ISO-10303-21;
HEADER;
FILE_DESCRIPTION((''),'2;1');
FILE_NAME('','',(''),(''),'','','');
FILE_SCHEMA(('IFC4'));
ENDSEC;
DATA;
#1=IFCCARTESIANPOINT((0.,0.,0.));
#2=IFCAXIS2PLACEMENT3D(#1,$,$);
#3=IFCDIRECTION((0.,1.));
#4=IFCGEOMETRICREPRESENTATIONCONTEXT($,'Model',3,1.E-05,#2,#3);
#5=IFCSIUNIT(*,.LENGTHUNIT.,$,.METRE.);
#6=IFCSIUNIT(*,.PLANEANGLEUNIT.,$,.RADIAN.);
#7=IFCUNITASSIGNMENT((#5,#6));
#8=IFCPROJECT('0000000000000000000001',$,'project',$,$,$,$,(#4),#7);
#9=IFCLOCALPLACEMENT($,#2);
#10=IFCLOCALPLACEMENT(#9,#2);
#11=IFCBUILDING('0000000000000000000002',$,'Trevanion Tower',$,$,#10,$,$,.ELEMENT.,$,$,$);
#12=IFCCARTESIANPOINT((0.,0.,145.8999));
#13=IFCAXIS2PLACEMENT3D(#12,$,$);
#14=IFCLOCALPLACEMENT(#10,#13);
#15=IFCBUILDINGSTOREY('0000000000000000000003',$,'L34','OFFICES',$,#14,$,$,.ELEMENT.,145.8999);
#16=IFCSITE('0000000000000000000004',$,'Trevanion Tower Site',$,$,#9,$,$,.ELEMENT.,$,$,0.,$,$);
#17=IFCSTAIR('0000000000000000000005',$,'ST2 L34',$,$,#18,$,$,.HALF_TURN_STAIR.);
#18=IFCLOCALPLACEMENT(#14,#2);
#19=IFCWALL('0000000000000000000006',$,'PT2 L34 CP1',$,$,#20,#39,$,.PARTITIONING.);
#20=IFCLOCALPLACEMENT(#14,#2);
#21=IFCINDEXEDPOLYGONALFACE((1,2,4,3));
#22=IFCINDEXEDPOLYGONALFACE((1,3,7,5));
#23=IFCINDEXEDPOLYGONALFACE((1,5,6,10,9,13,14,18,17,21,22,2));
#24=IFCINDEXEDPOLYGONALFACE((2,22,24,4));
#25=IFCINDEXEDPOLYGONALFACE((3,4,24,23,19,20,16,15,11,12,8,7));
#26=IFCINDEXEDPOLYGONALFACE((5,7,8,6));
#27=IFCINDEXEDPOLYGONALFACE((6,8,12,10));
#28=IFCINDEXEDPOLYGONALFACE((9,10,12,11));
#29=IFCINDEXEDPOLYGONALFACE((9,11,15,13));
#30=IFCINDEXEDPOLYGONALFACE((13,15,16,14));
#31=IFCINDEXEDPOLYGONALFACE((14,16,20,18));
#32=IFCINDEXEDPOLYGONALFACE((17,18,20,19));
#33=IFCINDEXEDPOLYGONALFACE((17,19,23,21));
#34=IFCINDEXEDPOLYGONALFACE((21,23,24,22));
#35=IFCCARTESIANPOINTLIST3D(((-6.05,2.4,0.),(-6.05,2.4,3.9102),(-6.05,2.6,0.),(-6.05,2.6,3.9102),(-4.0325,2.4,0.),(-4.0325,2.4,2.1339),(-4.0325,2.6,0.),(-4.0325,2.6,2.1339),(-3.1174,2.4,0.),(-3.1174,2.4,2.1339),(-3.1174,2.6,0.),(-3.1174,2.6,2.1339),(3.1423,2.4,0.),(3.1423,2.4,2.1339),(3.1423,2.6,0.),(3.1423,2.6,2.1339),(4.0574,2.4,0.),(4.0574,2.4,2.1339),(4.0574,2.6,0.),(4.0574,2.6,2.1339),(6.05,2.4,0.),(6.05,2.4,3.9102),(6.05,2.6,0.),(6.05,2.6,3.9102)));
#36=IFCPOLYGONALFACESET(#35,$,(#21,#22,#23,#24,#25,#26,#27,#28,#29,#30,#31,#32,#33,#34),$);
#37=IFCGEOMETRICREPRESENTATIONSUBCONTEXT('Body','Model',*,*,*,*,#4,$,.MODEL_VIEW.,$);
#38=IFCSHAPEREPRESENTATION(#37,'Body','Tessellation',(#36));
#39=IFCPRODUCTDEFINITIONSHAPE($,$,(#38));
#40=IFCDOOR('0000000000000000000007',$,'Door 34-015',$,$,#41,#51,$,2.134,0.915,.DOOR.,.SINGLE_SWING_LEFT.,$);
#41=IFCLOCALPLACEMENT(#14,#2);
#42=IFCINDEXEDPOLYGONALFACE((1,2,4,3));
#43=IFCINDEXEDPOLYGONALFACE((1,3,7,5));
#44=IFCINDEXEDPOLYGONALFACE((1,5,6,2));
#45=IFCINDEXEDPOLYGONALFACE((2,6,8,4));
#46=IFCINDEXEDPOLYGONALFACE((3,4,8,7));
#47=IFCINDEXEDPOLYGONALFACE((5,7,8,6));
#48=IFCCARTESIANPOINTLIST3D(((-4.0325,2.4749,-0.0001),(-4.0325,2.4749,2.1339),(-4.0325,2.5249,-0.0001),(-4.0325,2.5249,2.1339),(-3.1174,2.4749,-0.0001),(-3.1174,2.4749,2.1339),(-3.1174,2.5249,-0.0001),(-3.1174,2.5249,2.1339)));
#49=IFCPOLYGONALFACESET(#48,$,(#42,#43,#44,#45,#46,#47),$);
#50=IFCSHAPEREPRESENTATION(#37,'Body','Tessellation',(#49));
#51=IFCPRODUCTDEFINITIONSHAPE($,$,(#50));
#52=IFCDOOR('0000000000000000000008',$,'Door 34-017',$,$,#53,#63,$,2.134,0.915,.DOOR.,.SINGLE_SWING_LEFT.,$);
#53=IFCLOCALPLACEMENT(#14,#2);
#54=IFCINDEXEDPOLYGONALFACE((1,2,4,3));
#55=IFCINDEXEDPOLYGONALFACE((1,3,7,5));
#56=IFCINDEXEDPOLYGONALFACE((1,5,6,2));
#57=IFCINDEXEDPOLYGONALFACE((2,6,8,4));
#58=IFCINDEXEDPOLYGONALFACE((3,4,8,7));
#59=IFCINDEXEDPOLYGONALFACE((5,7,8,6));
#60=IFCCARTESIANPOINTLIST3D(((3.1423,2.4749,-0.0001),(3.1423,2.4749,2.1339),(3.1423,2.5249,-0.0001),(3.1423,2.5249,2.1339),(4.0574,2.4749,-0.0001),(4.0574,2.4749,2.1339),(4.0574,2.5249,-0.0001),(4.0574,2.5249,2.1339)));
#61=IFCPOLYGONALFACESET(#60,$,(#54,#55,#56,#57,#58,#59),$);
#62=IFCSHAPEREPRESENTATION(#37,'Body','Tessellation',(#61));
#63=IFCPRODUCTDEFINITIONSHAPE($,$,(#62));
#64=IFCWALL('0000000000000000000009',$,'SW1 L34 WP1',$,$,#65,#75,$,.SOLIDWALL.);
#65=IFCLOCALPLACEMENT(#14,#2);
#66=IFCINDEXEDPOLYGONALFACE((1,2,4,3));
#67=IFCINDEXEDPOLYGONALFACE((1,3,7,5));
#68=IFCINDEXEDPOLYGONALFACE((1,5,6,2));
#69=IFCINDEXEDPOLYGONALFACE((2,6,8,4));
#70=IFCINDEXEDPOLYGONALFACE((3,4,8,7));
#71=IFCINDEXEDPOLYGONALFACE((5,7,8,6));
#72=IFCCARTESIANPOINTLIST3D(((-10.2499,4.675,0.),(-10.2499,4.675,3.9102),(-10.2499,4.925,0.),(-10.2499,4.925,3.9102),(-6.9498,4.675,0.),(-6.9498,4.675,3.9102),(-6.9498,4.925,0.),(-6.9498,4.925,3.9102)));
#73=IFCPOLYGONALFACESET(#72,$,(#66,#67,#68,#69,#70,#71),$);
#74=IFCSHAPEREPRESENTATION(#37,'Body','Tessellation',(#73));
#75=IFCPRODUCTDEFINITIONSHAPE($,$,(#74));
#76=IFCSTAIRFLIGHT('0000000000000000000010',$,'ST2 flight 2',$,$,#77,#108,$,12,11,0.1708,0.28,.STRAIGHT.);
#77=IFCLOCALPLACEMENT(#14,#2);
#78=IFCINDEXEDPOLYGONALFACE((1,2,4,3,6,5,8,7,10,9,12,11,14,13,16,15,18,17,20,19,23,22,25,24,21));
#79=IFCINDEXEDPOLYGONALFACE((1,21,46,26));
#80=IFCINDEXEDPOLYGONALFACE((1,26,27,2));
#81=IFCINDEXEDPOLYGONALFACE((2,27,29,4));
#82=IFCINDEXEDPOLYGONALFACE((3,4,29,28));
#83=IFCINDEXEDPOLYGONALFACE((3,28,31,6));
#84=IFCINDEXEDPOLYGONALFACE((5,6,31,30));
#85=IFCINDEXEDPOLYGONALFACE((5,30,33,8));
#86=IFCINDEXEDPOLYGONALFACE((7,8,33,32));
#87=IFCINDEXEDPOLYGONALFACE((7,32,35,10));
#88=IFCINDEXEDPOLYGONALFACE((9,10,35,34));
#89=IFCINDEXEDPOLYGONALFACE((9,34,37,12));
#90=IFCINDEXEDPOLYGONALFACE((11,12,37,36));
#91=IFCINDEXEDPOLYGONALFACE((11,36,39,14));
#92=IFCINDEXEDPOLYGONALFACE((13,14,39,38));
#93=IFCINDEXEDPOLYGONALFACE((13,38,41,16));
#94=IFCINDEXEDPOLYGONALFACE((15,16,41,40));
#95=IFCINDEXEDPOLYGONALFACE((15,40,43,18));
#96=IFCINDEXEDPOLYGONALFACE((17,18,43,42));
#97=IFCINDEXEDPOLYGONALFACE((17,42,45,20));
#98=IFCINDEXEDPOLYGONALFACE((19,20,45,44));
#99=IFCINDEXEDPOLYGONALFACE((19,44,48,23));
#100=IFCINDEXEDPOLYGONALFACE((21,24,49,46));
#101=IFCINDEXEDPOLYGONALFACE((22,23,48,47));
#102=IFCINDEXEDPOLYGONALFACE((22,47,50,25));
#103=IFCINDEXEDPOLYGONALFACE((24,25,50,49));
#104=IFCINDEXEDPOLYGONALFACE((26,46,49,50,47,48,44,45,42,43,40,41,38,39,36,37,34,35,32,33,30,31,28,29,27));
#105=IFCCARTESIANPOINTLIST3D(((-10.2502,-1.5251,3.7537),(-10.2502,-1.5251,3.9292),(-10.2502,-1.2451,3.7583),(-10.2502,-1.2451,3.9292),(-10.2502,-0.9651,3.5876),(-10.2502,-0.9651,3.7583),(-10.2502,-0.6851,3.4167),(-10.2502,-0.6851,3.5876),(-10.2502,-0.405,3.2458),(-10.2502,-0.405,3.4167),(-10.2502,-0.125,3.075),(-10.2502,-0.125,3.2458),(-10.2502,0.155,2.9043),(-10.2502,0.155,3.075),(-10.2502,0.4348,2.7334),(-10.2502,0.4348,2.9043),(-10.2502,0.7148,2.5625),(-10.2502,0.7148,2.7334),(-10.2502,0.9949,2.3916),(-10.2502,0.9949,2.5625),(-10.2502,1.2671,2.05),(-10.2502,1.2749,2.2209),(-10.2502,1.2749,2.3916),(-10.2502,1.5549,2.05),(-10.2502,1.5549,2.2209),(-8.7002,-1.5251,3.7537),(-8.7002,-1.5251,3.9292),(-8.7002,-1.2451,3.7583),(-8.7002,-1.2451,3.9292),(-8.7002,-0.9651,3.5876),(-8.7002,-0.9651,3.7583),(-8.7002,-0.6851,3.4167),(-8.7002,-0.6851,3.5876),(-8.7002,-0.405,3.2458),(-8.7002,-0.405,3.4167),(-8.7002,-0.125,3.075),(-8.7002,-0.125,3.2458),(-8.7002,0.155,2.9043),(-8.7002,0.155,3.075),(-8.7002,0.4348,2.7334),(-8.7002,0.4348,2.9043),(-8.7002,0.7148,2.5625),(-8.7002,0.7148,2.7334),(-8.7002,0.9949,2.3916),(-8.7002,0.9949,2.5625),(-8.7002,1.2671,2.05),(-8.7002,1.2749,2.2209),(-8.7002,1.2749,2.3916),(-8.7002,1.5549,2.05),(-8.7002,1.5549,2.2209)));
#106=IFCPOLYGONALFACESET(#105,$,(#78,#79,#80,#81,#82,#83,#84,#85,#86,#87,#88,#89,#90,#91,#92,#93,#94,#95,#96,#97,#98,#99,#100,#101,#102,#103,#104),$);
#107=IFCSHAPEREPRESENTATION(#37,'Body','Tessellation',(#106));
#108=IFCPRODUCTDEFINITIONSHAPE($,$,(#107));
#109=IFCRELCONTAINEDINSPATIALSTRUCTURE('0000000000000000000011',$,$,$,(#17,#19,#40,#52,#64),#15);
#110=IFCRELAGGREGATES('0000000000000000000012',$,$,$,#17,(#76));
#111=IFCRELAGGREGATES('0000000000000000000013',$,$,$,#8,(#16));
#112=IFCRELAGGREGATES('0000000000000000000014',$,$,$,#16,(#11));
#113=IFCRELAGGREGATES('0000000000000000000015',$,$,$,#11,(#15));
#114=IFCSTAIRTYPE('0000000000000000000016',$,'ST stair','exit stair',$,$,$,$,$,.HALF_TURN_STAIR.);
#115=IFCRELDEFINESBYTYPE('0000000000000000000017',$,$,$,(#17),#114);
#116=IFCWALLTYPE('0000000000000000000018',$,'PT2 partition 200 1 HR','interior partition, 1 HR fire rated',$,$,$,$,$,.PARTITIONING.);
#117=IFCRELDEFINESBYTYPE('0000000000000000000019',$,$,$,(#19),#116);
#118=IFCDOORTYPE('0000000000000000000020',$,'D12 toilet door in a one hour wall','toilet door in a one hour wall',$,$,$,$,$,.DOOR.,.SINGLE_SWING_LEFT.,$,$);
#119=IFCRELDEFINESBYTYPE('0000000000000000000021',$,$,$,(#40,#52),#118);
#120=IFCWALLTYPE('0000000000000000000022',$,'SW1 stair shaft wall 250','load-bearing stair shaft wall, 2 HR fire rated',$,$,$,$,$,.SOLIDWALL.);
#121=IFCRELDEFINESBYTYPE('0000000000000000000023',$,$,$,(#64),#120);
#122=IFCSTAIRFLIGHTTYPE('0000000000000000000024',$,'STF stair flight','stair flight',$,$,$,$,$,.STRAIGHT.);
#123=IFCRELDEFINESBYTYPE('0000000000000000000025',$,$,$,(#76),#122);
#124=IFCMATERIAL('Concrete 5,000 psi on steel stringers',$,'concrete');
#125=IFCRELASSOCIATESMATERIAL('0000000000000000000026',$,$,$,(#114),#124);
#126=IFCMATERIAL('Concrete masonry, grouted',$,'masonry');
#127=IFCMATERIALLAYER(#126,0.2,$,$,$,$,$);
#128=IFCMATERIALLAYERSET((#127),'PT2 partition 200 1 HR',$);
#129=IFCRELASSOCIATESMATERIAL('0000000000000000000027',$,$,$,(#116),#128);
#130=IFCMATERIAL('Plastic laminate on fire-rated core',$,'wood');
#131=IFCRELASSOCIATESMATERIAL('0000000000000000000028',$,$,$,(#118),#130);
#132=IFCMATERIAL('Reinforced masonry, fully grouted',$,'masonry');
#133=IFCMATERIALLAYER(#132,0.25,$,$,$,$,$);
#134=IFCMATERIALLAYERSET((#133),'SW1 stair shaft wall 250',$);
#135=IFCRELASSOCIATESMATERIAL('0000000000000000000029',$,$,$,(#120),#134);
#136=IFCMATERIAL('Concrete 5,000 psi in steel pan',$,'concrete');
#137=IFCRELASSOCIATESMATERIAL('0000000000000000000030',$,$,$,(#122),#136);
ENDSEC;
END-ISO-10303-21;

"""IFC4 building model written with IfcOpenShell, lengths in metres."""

from ifc_helpers import new_model, si_unit, direction, frame, frame_2d, origin, place, context, subcontext, project, spatial, polyline, rectangle, outline, extrude, material, layer, layer_set, type_object, element, fill, aggregate, save


model = new_model("IFC4")

# Units and contexts
model_context = context("Model", 3, precision=1e-05, world=origin(), true_north=direction((0.0, 1.0)))
body_context = subcontext(model_context, "Body", "Model", "MODEL_VIEW")
ifc_project = project(units=[si_unit("LENGTHUNIT", "METRE"), si_unit("PLANEANGLEUNIT", "RADIAN")], contexts=[model_context])

# Site, building, storey
site_placement = place(None, origin())
site = spatial("IfcSite", under=ifc_project, at=site_placement, Name="Trevanion Tower Site", CompositionType="ELEMENT", RefElevation=0.0)
building_placement = place(site_placement, origin())
building = spatial("IfcBuilding", under=site, at=building_placement, Name="Trevanion Tower", CompositionType="ELEMENT")
storey_placement = place(building_placement, frame((0.0, 0.0, 145.8999)))
storey = spatial("IfcBuildingStorey", under=building, at=storey_placement, Name="L34", Description="OFFICES", CompositionType="ELEMENT", Elevation=145.8999)

# Shared definitions
ifc_material_1 = material(Name="Concrete 5,000 psi on steel stringers", Category="concrete")
stair_type = type_object("IfcStairType", Name="ST stair", Description="exit stair", PredefinedType="HALF_TURN_STAIR", material=ifc_material_1)

# Stair
stair_1_placement = place(storey_placement, origin())
stair_1 = element("IfcStair", 1, at=stair_1_placement, inside=storey, type_object=stair_type, Name="ST2 L34", PredefinedType="HALF_TURN_STAIR")

# Wall, openings, doors
ifc_material_2 = material(Name="Concrete masonry, grouted", Category="masonry")
ifc_layer_1 = layer(ifc_material_2, 0.2)
ifc_layer_set_1 = layer_set([ifc_layer_1], Name="PT2 partition 200 1 HR")
wall_type_1 = type_object("IfcWallType", Name="PT2 partition 200 1 HR", Description="interior partition, 1 HR fire rated", PredefinedType="PARTITIONING", material=ifc_layer_set_1)
wall_1_placement = place(storey_placement, frame((-6.05, 2.5, 0.0), z_axis=(0.0, 0.0, 1.0), x_axis=(1.0, 0.0, 0.0)))
wall_1 = element("IfcWall", 2, at=wall_1_placement, inside=storey, type_object=wall_type_1, Name="PT2 L34 CP1", PredefinedType="PARTITIONING", context=body_context, shape_type="SweptSolid", body=[
    extrude(rectangle(XDim=12.1001, YDim=0.2, at=frame_2d((6.05, 0.0))), origin(), (0.0, 0.0, 1.0), 3.9102),
])
opening_1_placement = place(wall_1_placement, frame((2.0176, 0.0, 0.0)))
opening_1 = element("IfcOpeningElement", 3, at=opening_1_placement, cuts=wall_1, PredefinedType="OPENING", context=body_context, shape_type="SweptSolid", body=[
    extrude(rectangle(XDim=0.915, YDim=2.134, at=frame_2d((0.4575, 1.0669))), frame((0.0, 0.1099, 0.0), z_axis=(0.0, -1.0, 0.0), x_axis=(1.0, 0.0, 0.0)), (0.0, 0.0, 1.0), 0.22),
])
opening_2_placement = place(wall_1_placement, frame((9.1924, 0.0, 0.0)))
opening_2 = element("IfcOpeningElement", 4, at=opening_2_placement, cuts=wall_1, PredefinedType="OPENING", context=body_context, shape_type="SweptSolid", body=[
    extrude(rectangle(XDim=0.915, YDim=2.134, at=frame_2d((0.4575, 1.0669))), frame((0.0, 0.1099, 0.0), z_axis=(0.0, -1.0, 0.0), x_axis=(1.0, 0.0, 0.0)), (0.0, 0.0, 1.0), 0.22),
])
ifc_material_3 = material(Name="Plastic laminate on fire-rated core", Category="wood")
door_type = type_object("IfcDoorType", Name="D12 toilet door in a one hour wall", Description="toilet door in a one hour wall", OperationType="SINGLE_SWING_LEFT", PredefinedType="DOOR", material=ifc_material_3)
door_1_placement = place(opening_1_placement, origin())
door_1 = element("IfcDoor", 5, at=door_1_placement, inside=storey, type_object=door_type, Name="Door 34-015", OperationType="SINGLE_SWING_LEFT", OverallHeight=2.134, OverallWidth=0.915, PredefinedType="DOOR", context=body_context, shape_type="SweptSolid", body=[
    extrude(rectangle(XDim=0.915, YDim=2.134, at=frame_2d((0.4575, 1.0669))), frame((0.0, 0.0249, 0.0), z_axis=(0.0, -1.0, 0.0), x_axis=(1.0, 0.0, 0.0)), (0.0, 0.0, 1.0), 0.05),
])
fill(opening_1, door_1)
door_2_placement = place(opening_2_placement, origin())
door_2 = element("IfcDoor", 6, at=door_2_placement, inside=storey, type_object=door_type, Name="Door 34-017", OperationType="SINGLE_SWING_LEFT", OverallHeight=2.134, OverallWidth=0.915, PredefinedType="DOOR", context=body_context, shape_type="SweptSolid", body=[
    extrude(rectangle(XDim=0.915, YDim=2.134, at=frame_2d((0.4575, 1.0669))), frame((0.0, 0.0249, 0.0), z_axis=(0.0, -1.0, 0.0), x_axis=(1.0, 0.0, 0.0)), (0.0, 0.0, 1.0), 0.05),
])
fill(opening_2, door_2)

# Wall
ifc_material_4 = material(Name="Reinforced masonry, fully grouted", Category="masonry")
ifc_layer_2 = layer(ifc_material_4, 0.25)
ifc_layer_set_2 = layer_set([ifc_layer_2], Name="SW1 stair shaft wall 250")
wall_type_2 = type_object("IfcWallType", Name="SW1 stair shaft wall 250", Description="load-bearing stair shaft wall, 2 HR fire rated", PredefinedType="SOLIDWALL", material=ifc_layer_set_2)
wall_2_placement = place(storey_placement, frame((-6.95, 4.8, 0.0), z_axis=(0.0, 0.0, 1.0), x_axis=(-1.0, 0.0, 0.0)))
element("IfcWall", 7, at=wall_2_placement, inside=storey, type_object=wall_type_2, Name="SW1 L34 WP1", PredefinedType="SOLIDWALL", context=body_context, shape_type="SweptSolid", body=[
    extrude(rectangle(XDim=3.3, YDim=0.25, at=frame_2d((1.6499, 0.0))), origin(), (0.0, 0.0, 1.0), 3.9102),
])

# Stair flight
ifc_material_5 = material(Name="Concrete 5,000 psi in steel pan", Category="concrete")
stair_flight_type = type_object("IfcStairFlightType", Name="STF stair flight", Description="stair flight", PredefinedType="STRAIGHT", material=ifc_material_5)
stair_flight_placement = place(storey_placement, frame((-9.4751, 1.5549, 2.05), z_axis=(0.0, 0.0, 1.0), x_axis=(0.0, -1.0, 0.0)))
stair_flight = element("IfcStairFlight", 8, at=stair_flight_placement, type_object=stair_flight_type, Name="ST2 flight 2", NumberOfRisers=12, NumberOfTreads=11, PredefinedType="STRAIGHT", RiserHeight=0.1708, TreadLength=0.28, context=body_context, shape_type="SweptSolid", body=[
    extrude(outline(polyline([(0.0, 0.0), (0.0, 0.1709), (0.28, 0.1709), (0.28, 0.3416), (0.5601, 0.3416), (0.5601, 0.5125), (0.8401, 0.5125), (0.8401, 0.6833), (1.1201, 0.6833), (1.1201, 0.8542), (1.3999, 0.8542), (1.3999, 1.0249), (1.6799, 1.0249), (1.6799, 1.1958), (1.96, 1.1958), (1.96, 1.3667), (2.24, 1.3667), (2.24, 1.5376), (2.52, 1.5376), (2.52, 1.7083), (2.8, 1.7083), (2.8, 1.8792), (3.0801, 1.8792), (3.0801, 2.05), (3.0801, 1.7036), (0.2878, 0.0), (0.0, 0.0)])), frame((0.0, 0.7749, 0.0), z_axis=(0.0, -1.0, 0.0), x_axis=(1.0, 0.0, 0.0)), (0.0, 0.0, 1.0), 1.55),
])
aggregate(stair_1, [stair_flight])

save(model, "model.ifc")
